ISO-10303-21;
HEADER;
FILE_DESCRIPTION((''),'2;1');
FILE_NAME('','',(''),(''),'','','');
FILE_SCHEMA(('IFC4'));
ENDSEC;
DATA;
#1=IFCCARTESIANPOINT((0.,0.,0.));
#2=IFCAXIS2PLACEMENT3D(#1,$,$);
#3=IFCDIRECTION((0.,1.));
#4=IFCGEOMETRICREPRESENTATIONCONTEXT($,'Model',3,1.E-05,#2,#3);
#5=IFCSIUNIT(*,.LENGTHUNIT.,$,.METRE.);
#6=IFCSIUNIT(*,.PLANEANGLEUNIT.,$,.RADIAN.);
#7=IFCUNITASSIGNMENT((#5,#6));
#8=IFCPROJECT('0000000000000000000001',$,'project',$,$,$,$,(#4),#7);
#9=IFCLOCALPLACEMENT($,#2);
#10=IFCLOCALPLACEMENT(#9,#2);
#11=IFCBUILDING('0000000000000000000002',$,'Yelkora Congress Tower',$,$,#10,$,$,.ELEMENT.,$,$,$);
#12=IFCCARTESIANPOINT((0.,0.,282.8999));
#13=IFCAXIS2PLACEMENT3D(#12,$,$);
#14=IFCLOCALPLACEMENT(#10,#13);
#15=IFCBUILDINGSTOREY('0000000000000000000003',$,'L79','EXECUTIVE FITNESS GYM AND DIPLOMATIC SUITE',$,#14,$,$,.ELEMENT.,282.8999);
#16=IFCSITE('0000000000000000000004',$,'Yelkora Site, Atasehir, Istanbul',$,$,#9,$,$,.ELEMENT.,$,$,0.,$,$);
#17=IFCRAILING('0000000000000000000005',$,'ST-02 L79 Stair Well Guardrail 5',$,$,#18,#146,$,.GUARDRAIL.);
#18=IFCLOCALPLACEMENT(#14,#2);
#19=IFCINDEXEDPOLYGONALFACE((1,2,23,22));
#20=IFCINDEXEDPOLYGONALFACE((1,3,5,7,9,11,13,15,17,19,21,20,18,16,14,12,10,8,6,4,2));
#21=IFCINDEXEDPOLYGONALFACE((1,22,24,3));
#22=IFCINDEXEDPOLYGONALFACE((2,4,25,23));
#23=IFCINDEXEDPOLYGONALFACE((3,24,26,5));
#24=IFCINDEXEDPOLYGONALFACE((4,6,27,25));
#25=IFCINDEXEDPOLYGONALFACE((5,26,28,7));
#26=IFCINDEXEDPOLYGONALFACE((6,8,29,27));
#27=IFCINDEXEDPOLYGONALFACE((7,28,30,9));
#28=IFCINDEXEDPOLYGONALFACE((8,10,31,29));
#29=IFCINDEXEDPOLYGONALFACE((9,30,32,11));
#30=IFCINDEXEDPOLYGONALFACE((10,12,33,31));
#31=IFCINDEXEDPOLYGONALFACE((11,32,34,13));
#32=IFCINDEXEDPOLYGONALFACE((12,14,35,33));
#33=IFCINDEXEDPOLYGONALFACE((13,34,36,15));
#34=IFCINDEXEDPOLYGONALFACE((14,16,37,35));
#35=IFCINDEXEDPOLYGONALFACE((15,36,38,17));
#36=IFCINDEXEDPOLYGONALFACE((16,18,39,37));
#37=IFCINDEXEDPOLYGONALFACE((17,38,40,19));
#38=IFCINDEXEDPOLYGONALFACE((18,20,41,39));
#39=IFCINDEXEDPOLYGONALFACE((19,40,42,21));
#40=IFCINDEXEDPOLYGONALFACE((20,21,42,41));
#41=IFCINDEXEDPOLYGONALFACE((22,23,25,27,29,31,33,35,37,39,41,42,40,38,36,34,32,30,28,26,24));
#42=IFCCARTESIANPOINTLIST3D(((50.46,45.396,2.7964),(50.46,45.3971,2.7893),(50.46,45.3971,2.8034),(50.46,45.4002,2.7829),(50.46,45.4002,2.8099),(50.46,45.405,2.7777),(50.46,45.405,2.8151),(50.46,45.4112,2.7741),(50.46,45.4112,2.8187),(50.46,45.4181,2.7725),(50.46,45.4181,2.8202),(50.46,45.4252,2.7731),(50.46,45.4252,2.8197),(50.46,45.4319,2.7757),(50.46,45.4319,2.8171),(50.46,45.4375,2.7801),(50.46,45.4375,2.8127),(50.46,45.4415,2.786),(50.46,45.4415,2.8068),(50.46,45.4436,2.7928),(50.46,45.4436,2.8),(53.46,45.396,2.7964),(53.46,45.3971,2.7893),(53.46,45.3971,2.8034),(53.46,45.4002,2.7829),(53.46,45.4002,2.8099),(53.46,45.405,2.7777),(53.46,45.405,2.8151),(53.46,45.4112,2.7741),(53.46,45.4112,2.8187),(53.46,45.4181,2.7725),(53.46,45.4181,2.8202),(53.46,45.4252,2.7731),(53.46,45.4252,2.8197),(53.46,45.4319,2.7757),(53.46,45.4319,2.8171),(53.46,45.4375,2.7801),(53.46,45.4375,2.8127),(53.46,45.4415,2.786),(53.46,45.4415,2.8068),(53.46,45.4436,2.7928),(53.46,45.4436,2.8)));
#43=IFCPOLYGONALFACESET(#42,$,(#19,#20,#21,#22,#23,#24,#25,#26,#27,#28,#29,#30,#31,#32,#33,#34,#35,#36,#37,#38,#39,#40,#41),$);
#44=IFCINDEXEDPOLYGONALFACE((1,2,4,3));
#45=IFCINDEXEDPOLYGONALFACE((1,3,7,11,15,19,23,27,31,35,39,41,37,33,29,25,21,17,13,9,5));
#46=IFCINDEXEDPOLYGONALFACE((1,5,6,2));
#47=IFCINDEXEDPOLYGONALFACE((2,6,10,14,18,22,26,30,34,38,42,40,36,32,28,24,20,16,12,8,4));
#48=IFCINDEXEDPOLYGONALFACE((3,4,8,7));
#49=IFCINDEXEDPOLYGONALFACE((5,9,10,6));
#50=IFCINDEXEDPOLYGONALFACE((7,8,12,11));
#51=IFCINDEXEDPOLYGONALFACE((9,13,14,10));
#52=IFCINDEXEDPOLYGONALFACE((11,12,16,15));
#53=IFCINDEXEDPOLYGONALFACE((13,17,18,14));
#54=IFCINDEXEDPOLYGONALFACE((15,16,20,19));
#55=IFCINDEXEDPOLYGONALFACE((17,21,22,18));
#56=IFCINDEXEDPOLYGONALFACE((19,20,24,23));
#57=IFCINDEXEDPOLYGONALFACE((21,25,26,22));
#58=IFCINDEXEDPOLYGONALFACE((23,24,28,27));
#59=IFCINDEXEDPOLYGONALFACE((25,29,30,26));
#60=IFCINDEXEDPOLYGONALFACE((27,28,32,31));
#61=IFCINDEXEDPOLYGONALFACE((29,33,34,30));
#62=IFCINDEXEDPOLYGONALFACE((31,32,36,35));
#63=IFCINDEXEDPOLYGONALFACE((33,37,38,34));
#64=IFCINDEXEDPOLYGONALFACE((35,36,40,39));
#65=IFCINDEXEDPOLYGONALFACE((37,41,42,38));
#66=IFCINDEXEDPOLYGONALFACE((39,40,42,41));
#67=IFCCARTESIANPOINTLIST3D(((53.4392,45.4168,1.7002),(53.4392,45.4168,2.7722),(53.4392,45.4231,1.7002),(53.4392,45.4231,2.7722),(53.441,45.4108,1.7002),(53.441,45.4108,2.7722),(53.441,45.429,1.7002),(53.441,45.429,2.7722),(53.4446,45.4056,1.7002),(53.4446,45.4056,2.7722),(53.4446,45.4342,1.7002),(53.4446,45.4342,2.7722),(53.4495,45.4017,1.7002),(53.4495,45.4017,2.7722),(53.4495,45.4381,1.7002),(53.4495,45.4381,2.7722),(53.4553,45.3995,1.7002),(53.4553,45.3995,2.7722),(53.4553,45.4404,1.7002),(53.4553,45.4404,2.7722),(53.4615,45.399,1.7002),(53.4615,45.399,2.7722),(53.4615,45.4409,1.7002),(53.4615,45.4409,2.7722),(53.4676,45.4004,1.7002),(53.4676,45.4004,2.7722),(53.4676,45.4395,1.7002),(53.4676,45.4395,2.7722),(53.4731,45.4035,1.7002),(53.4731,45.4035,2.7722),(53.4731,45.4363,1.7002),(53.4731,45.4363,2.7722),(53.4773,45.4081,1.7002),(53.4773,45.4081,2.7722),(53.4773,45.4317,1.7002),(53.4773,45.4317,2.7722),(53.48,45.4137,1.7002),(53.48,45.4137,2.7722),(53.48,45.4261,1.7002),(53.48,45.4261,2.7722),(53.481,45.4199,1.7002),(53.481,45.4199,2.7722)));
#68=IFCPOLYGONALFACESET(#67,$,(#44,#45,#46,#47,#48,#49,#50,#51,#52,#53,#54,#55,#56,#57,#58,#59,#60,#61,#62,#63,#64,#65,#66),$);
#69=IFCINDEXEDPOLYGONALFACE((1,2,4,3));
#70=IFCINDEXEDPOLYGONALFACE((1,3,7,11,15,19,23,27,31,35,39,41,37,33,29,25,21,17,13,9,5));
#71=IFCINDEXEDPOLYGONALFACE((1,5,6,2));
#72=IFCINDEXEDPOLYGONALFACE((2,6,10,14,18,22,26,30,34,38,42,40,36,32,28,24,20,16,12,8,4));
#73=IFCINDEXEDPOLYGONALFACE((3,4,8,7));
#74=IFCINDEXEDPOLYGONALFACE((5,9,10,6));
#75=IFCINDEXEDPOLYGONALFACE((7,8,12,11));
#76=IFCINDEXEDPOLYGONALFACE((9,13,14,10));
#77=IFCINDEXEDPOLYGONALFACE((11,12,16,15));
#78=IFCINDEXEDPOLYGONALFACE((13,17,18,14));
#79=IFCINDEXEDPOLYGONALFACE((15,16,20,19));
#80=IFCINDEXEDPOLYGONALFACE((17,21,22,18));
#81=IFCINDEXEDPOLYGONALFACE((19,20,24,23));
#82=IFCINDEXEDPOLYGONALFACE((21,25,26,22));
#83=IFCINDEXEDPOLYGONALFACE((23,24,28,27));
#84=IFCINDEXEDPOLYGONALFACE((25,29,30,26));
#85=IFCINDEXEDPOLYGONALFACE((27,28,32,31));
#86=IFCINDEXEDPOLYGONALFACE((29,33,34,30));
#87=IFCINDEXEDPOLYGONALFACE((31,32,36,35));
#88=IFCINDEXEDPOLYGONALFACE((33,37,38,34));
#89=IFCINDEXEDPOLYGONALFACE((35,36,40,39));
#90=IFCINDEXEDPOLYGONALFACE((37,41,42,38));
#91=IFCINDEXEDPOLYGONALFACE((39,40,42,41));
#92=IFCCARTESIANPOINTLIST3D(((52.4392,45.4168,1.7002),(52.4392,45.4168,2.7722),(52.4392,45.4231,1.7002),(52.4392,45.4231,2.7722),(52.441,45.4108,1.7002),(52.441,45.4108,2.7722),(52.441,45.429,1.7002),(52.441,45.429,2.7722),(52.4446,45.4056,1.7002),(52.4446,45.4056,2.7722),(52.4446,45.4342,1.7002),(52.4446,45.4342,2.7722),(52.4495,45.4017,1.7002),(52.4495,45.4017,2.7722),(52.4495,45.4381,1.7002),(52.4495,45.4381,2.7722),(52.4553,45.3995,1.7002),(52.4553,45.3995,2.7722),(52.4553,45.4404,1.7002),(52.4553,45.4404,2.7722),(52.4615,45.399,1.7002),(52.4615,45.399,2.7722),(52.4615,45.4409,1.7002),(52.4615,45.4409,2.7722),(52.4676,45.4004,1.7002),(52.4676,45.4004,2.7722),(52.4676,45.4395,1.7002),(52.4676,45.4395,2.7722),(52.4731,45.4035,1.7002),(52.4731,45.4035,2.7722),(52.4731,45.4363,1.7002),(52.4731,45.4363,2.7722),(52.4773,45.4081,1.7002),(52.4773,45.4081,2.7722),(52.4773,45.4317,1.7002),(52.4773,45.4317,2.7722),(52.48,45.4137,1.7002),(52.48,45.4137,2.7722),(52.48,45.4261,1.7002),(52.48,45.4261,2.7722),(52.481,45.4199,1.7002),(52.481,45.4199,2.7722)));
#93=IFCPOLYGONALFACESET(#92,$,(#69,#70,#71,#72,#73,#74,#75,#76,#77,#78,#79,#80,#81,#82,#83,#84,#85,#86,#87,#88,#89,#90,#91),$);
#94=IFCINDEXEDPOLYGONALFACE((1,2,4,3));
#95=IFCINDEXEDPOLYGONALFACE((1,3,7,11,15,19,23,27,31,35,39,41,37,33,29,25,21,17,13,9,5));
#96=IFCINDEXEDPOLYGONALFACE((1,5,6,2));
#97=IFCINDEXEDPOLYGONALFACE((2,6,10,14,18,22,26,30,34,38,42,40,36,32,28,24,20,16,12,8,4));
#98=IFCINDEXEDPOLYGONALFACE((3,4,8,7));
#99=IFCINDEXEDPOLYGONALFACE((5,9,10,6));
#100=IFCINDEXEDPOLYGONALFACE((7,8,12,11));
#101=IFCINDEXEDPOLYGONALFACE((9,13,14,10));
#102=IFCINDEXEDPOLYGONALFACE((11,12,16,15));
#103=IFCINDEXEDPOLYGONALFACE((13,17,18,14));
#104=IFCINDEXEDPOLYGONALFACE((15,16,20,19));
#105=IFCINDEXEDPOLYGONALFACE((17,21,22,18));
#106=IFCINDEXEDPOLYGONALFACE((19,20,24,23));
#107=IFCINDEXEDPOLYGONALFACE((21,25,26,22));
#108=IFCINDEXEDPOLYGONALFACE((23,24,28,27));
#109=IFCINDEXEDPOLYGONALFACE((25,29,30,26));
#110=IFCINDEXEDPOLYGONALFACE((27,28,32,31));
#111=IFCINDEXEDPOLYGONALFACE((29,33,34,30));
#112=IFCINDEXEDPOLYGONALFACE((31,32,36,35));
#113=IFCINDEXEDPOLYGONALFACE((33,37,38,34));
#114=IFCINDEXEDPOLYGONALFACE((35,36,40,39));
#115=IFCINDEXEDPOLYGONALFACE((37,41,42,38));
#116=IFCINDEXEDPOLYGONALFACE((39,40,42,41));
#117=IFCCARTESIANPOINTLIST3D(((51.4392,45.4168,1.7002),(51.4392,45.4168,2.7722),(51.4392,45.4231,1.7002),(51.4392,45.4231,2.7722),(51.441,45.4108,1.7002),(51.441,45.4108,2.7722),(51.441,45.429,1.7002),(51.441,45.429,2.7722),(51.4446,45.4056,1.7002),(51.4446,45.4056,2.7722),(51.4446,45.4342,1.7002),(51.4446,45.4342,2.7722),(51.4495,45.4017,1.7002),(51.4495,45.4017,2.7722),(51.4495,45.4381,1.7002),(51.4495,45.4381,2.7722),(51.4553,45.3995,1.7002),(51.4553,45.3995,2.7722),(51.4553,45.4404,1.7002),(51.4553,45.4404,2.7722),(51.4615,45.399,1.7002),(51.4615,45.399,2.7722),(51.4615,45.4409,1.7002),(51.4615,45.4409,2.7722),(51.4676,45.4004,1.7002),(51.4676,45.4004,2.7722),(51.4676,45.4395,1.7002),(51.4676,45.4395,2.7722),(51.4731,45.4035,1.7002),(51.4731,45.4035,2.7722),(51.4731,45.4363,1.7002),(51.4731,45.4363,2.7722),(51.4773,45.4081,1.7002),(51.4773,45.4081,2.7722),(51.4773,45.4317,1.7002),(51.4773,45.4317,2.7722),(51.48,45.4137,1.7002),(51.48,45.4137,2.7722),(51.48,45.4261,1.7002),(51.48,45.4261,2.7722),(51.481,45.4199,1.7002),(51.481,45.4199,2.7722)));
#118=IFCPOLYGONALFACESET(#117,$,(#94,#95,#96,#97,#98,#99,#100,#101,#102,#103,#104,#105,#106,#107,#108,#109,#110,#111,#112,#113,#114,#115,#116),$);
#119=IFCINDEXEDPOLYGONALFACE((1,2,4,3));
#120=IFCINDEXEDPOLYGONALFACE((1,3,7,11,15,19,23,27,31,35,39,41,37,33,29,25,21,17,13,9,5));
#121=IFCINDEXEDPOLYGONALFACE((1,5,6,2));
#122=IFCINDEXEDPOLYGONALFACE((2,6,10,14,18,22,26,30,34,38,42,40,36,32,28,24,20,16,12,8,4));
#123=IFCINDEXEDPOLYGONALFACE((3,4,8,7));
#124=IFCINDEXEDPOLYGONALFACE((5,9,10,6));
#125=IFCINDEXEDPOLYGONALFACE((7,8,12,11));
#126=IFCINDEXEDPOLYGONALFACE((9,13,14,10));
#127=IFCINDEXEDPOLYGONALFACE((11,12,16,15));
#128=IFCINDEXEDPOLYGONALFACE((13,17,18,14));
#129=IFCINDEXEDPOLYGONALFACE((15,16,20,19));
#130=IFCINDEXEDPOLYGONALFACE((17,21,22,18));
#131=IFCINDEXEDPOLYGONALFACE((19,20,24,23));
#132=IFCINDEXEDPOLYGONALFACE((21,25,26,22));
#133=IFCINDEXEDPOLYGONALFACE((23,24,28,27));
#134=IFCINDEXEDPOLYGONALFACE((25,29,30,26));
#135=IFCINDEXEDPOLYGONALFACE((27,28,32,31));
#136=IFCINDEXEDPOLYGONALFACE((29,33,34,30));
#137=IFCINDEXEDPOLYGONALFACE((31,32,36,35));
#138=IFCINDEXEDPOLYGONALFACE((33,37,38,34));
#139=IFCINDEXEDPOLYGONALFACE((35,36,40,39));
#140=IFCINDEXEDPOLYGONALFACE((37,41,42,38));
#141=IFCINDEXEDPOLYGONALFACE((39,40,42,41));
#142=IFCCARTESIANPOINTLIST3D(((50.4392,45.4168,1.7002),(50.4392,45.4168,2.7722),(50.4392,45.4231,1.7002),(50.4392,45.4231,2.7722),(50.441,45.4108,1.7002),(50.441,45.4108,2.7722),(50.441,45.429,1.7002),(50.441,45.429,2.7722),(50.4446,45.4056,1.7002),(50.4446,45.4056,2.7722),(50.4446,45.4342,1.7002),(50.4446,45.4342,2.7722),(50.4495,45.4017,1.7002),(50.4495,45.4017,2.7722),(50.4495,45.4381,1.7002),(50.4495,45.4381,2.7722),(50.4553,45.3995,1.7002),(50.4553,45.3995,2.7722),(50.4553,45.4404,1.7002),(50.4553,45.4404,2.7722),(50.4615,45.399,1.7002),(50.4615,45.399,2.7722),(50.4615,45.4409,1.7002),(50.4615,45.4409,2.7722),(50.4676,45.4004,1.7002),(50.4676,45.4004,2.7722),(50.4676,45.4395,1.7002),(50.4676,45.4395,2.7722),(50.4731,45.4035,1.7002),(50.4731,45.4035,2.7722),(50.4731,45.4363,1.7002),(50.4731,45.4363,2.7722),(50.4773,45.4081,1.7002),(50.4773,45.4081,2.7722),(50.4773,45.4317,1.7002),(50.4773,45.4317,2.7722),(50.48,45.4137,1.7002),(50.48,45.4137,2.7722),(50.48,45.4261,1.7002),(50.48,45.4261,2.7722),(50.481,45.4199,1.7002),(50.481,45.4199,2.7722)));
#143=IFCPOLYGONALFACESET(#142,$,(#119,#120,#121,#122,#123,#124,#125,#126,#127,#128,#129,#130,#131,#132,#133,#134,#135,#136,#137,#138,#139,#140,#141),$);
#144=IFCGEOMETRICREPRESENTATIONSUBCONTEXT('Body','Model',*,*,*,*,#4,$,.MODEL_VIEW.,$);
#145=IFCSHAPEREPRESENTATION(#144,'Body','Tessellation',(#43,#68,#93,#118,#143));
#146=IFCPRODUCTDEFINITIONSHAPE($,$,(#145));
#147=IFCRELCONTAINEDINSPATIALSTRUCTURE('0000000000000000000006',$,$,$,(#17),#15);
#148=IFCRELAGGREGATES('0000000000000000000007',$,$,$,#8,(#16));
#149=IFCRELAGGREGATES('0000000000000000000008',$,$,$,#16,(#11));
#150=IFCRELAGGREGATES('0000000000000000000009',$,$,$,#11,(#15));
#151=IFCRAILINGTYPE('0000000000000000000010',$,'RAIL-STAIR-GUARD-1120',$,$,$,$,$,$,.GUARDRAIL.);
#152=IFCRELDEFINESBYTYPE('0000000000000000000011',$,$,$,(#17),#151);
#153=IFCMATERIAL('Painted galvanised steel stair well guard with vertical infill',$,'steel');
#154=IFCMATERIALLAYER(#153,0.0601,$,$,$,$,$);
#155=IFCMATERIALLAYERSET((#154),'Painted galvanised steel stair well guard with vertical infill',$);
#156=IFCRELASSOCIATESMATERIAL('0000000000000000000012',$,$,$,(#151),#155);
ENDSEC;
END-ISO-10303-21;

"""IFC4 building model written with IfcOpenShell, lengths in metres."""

from ifc_helpers import new_model, si_unit, direction, frame, origin, origin_2d, place, context, subcontext, project, spatial, circle, extrude, material, layer, layer_set, type_object, element, save


model = new_model("IFC4")

# Units and contexts
model_context = context("Model", 3, precision=1e-05, world=origin(), true_north=direction((0.0, 1.0)))
body_context = subcontext(model_context, "Body", "Model", "MODEL_VIEW")
ifc_project = project(units=[si_unit("LENGTHUNIT", "METRE"), si_unit("PLANEANGLEUNIT", "RADIAN")], contexts=[model_context])

# Site, building, storey
site_placement = place(None, origin())
site = spatial("IfcSite", under=ifc_project, at=site_placement, Name="Yelkora Site, Atasehir, Istanbul", CompositionType="ELEMENT", RefElevation=0.0)
building_placement = place(site_placement, origin())
building = spatial("IfcBuilding", under=site, at=building_placement, Name="Yelkora Congress Tower", CompositionType="ELEMENT")
storey_placement = place(building_placement, frame((0.0, 0.0, 282.8999)))
storey = spatial("IfcBuildingStorey", under=building, at=storey_placement, Name="L79", Description="EXECUTIVE FITNESS GYM AND DIPLOMATIC SUITE", CompositionType="ELEMENT", Elevation=282.8999)

# Railing
ifc_material_1 = material(Name="Painted galvanised steel stair well guard with vertical infill", Category="steel")
ifc_layer_1 = layer(ifc_material_1, 0.0601)
ifc_layer_set_1 = layer_set([ifc_layer_1], Name="Painted galvanised steel stair well guard with vertical infill")
railing_type = type_object("IfcRailingType", Name="RAIL-STAIR-GUARD-1120", PredefinedType="GUARDRAIL", material=ifc_layer_set_1)
railing_1_placement = place(storey_placement, frame((53.46, 45.4199, 1.7002)))
element("IfcRailing", 1, at=railing_1_placement, inside=storey, type_object=railing_type, Name="ST-02 L79 Stair Well Guardrail 5", PredefinedType="GUARDRAIL", context=body_context, shape_type="SweptSolid", body=[
    extrude(circle(Radius=0.0239, at=origin_2d()), frame((0.0, 0.0, 1.0962), z_axis=(-1.0, 0.0, 0.0), x_axis=(0.0, -1.0, 0.0)), (0.0, 0.0, 1.0), 3.0),
    extrude(circle(Radius=0.021, at=origin_2d()), origin(), (0.0, 0.0, 1.0), 1.072),
    extrude(circle(Radius=0.021, at=origin_2d()), frame((-1.0, 0.0, 0.0)), (0.0, 0.0, 1.0), 1.072),
    extrude(circle(Radius=0.021, at=origin_2d()), frame((-2.0, 0.0, 0.0)), (0.0, 0.0, 1.0), 1.072),
    extrude(circle(Radius=0.021, at=origin_2d()), frame((-3.0, 0.0, 0.0)), (0.0, 0.0, 1.0), 1.072),
])

save(model, "model.ifc")
